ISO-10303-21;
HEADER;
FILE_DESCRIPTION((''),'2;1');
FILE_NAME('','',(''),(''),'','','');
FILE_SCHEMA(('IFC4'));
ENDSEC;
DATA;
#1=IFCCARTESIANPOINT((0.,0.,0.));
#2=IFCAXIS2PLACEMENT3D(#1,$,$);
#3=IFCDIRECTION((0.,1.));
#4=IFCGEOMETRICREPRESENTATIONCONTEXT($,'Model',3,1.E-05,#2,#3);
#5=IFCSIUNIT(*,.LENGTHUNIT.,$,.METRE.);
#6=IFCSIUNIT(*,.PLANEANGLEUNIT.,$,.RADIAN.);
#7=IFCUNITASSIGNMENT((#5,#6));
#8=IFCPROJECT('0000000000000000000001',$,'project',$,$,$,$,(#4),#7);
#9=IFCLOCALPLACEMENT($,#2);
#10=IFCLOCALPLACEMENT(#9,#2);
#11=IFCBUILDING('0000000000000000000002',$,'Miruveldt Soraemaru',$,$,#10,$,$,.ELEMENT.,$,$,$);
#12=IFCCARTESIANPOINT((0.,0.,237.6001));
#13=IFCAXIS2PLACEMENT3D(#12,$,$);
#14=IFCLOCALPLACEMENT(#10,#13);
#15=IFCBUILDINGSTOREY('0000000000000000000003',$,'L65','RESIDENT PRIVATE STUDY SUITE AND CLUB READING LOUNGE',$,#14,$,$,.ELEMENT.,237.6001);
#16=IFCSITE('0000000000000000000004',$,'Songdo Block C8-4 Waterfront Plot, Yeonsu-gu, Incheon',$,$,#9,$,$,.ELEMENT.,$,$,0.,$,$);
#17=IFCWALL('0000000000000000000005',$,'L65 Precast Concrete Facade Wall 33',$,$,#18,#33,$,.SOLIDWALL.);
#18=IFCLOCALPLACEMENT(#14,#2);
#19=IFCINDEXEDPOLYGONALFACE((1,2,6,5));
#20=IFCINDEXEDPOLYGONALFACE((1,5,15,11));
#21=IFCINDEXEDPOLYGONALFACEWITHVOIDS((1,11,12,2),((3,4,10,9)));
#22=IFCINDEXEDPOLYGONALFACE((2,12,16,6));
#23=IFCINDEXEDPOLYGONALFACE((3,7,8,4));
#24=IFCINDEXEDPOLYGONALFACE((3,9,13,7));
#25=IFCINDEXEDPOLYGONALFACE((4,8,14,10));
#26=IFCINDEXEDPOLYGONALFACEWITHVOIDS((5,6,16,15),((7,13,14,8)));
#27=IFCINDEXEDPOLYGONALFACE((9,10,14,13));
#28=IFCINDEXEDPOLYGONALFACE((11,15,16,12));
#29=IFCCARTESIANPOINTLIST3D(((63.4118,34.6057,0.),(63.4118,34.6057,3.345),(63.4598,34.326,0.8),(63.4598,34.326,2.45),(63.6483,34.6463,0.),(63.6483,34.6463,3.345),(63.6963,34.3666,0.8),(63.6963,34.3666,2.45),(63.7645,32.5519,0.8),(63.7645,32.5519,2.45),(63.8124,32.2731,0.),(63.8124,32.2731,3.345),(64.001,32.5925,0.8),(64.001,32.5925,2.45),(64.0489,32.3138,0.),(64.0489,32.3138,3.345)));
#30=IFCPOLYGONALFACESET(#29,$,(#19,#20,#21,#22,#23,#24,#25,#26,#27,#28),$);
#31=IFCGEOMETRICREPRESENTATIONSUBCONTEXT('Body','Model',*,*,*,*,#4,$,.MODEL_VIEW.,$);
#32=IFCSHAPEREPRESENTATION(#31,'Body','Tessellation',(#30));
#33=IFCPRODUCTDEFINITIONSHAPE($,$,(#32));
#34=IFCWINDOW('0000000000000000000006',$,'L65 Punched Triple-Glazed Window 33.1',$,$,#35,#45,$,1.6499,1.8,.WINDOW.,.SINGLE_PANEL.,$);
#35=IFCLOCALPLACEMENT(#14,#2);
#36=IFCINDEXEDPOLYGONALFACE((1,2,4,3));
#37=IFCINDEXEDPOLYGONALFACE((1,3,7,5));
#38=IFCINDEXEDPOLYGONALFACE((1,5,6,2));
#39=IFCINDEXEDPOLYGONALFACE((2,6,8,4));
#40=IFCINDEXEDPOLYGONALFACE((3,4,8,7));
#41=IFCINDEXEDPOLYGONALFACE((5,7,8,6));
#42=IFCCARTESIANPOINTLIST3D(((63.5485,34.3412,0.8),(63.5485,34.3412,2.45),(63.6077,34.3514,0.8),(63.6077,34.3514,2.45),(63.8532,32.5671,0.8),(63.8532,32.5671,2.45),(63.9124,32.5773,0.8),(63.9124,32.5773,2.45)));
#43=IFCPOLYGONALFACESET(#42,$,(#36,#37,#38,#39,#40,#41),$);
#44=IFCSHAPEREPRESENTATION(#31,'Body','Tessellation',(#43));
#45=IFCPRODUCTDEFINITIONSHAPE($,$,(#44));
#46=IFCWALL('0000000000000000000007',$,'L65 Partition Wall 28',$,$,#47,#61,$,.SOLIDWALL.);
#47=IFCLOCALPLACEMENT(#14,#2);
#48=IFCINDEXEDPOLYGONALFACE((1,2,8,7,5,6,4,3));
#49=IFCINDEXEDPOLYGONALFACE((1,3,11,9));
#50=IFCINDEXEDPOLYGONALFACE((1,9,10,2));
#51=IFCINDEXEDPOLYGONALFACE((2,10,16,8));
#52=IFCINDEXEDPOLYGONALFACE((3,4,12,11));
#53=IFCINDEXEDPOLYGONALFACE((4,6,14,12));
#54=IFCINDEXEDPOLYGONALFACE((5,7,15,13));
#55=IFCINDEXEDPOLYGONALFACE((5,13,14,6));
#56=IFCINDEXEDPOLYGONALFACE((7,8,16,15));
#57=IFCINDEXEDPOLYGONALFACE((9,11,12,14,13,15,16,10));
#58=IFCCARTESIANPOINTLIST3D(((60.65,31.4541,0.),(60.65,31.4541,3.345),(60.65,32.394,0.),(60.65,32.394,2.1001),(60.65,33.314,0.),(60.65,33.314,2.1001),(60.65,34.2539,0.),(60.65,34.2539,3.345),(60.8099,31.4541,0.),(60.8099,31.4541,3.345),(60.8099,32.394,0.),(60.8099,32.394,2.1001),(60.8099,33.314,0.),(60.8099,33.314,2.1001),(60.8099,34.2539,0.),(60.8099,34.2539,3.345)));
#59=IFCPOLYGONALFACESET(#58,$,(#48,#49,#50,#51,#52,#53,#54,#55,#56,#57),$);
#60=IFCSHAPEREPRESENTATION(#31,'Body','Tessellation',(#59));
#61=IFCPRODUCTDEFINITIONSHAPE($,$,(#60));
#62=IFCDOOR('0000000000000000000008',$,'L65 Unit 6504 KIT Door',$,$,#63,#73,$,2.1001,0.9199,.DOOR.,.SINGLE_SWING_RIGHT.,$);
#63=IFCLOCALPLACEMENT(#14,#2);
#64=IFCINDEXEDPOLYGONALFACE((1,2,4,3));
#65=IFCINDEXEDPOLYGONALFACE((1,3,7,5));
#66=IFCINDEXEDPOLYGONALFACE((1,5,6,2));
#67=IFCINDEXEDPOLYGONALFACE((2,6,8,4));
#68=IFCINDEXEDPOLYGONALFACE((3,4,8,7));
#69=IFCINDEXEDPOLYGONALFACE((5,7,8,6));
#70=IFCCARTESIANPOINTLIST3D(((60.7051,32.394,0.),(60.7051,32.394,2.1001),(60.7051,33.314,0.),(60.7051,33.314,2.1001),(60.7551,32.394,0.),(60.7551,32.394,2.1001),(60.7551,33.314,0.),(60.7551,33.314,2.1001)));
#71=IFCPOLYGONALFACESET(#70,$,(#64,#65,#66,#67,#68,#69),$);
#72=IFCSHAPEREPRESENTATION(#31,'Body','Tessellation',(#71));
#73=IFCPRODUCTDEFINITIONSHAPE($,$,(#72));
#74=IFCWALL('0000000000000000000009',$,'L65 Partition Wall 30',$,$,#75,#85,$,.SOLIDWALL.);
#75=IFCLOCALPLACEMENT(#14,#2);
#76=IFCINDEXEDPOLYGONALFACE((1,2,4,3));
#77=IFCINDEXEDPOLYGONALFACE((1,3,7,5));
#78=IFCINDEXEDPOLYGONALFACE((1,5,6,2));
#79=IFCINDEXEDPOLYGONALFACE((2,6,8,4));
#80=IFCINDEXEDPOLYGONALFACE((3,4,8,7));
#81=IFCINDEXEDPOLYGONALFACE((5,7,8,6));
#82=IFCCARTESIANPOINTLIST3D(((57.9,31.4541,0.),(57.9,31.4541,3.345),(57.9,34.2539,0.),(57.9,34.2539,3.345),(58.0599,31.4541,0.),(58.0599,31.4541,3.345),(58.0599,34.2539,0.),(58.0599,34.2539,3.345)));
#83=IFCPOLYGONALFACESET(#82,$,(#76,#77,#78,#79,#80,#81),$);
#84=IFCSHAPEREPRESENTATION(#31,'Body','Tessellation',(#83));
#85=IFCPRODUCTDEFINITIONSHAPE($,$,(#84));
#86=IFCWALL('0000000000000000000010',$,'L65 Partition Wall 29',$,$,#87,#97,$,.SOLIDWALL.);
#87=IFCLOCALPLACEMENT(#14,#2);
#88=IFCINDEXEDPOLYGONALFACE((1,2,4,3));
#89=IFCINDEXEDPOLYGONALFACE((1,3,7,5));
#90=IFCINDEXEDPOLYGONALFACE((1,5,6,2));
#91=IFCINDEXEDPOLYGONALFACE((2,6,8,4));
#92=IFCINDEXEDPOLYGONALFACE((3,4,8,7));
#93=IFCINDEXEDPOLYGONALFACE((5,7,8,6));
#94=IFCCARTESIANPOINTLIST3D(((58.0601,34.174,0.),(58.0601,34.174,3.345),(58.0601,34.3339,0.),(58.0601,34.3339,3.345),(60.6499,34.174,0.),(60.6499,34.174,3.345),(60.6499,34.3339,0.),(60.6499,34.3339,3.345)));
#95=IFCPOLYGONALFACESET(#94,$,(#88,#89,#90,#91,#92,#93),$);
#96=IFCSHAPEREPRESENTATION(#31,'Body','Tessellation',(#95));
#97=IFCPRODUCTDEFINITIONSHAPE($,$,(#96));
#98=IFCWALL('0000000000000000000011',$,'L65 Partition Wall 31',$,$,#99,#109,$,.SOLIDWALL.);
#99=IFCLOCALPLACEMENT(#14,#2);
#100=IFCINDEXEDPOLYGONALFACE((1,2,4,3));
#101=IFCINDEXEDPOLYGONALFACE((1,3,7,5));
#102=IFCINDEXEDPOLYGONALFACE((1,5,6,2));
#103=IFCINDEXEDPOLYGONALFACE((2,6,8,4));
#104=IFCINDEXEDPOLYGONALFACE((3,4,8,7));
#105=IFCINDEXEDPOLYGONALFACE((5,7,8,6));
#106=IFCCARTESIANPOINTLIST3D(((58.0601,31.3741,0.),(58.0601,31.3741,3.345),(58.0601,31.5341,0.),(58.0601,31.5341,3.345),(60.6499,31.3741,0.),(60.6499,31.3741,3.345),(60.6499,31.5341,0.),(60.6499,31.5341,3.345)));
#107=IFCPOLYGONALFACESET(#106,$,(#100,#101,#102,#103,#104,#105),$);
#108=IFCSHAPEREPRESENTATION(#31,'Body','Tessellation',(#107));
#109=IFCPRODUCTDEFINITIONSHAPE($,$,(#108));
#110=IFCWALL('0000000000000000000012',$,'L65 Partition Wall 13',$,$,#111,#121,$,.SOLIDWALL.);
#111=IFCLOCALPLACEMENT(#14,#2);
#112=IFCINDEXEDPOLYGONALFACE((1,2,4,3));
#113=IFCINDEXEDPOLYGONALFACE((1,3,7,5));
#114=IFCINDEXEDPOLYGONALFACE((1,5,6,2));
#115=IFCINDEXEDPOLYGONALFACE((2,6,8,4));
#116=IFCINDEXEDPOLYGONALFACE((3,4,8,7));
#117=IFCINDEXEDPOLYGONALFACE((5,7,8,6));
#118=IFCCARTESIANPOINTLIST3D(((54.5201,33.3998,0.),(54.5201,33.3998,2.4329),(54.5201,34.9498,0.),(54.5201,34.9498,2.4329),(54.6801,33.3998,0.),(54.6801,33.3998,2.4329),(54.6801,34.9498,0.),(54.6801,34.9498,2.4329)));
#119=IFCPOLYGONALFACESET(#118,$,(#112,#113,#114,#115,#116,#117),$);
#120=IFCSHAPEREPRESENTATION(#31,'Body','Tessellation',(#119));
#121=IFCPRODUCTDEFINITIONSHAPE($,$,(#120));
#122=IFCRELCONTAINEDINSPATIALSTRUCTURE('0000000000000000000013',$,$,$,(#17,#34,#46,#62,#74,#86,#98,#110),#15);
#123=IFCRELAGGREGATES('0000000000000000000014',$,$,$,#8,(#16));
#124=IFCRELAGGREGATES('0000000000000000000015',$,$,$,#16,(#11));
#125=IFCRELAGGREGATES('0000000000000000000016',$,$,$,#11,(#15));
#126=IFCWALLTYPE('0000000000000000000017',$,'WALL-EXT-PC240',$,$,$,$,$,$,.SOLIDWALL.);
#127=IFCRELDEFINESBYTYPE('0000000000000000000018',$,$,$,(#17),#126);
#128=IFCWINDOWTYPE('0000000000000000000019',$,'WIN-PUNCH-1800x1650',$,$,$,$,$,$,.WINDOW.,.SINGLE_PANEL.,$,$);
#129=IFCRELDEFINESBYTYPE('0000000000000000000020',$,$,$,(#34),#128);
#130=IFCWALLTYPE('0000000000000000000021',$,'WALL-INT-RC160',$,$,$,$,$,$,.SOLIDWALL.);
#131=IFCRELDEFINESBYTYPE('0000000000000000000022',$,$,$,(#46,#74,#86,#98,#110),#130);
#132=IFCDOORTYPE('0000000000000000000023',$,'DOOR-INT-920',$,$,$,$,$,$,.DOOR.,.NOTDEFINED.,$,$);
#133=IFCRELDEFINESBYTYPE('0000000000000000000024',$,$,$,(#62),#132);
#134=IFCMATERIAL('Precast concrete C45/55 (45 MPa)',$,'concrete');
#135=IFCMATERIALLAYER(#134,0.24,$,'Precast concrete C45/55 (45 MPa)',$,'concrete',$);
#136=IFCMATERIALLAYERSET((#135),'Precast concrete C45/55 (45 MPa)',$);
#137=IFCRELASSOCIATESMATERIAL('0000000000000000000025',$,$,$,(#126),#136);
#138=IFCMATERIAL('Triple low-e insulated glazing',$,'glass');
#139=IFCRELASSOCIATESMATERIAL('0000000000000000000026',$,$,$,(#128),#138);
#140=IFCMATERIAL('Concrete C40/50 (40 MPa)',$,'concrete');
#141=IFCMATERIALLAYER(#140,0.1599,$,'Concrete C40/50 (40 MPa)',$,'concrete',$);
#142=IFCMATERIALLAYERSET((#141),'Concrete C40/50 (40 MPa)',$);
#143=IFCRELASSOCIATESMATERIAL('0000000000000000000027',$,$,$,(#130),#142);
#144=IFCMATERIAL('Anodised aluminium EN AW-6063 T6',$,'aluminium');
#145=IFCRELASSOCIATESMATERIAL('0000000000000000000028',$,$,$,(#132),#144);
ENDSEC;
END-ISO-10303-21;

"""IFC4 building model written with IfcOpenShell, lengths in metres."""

from ifc_helpers import new_model, si_unit, direction, frame, frame_2d, origin, place, context, subcontext, project, spatial, rectangle, extrude, material, layer, layer_set, type_object, element, fill, save


model = new_model("IFC4")

# Units and contexts
model_context = context("Model", 3, precision=1e-05, world=origin(), true_north=direction((0.0, 1.0)))
body_context = subcontext(model_context, "Body", "Model", "MODEL_VIEW")
ifc_project = project(units=[si_unit("LENGTHUNIT", "METRE"), si_unit("PLANEANGLEUNIT", "RADIAN")], contexts=[model_context])

# Site, building, storey
site_placement = place(None, origin())
site = spatial("IfcSite", under=ifc_project, at=site_placement, Name="Songdo Block C8-4 Waterfront Plot, Yeonsu-gu, Incheon", CompositionType="ELEMENT", RefElevation=0.0)
building_placement = place(site_placement, origin())
building = spatial("IfcBuilding", under=site, at=building_placement, Name="Miruveldt Soraemaru", CompositionType="ELEMENT")
storey_placement = place(building_placement, frame((0.0, 0.0, 237.6001)))
storey = spatial("IfcBuildingStorey", under=building, at=storey_placement, Name="L65", Description="RESIDENT PRIVATE STUDY SUITE AND CLUB READING LOUNGE", CompositionType="ELEMENT", Elevation=237.6001)

# Wall, opening, window
ifc_material_1 = material(Name="Precast concrete C45/55 (45 MPa)", Category="concrete")
ifc_layer_1 = layer(ifc_material_1, 0.24, Name="Precast concrete C45/55 (45 MPa)", Category="concrete")
ifc_layer_set_1 = layer_set([ifc_layer_1], Name="Precast concrete C45/55 (45 MPa)")
wall_type_1 = type_object("IfcWallType", Name="WALL-EXT-PC240", PredefinedType="SOLIDWALL", material=ifc_layer_set_1)
ifc_material_2 = material(Name="Triple low-e insulated glazing", Category="glass")
wall_1_placement = place(storey_placement, frame((63.9307, 32.2935, 0.0), z_axis=(0.0, 0.0, 1.0), x_axis=(-0.169282, 0.985568, 0.0)))
wall_1 = element("IfcWall", 1, at=wall_1_placement, inside=storey, type_object=wall_type_1, Name="L65 Precast Concrete Facade Wall 33", PredefinedType="SOLIDWALL", context=body_context, shape_type="SweptSolid", body=[
    extrude(rectangle(XDim=2.3667, YDim=0.24, at=frame_2d((1.1833, 0.0))), origin(), (0.0, 0.0, 1.0), 3.345),
])
opening_1_placement = place(wall_1_placement, frame((0.283, 0.0, 0.8)))
opening_1 = element("IfcOpeningElement", 2, at=opening_1_placement, cuts=wall_1, PredefinedType="OPENING", context=body_context, shape_type="SweptSolid", body=[
    extrude(rectangle(XDim=1.8, YDim=1.6499, at=frame_2d((0.8999, 0.825))), frame((0.0, 0.1299, 0.0), z_axis=(0.0, -1.0, 0.0), x_axis=(1.0, 0.0, 0.0)), (0.0, 0.0, 1.0), 0.26),
])
window_type_1 = type_object("IfcWindowType", Name="WIN-PUNCH-1800x1650", PartitioningType="SINGLE_PANEL", PredefinedType="WINDOW", material=ifc_material_2)
window_1_placement = place(opening_1_placement, origin())
window_1 = element("IfcWindow", 3, at=window_1_placement, inside=storey, type_object=window_type_1, Name="L65 Punched Triple-Glazed Window 33.1", OverallHeight=1.6499, OverallWidth=1.8, PartitioningType="SINGLE_PANEL", PredefinedType="WINDOW", context=body_context, shape_type="SweptSolid", body=[
    extrude(rectangle(XDim=1.8, YDim=1.6499, at=frame_2d((0.8999, 0.825))), frame((0.0, 0.03, 0.0), z_axis=(0.0, -1.0, 0.0), x_axis=(1.0, 0.0, 0.0)), (0.0, 0.0, 1.0), 0.0601),
])
fill(opening_1, window_1)

# Wall, opening, door
ifc_material_3 = material(Name="Concrete C40/50 (40 MPa)", Category="concrete")
ifc_layer_2 = layer(ifc_material_3, 0.1599, Name="Concrete C40/50 (40 MPa)", Category="concrete")
ifc_layer_set_2 = layer_set([ifc_layer_2], Name="Concrete C40/50 (40 MPa)")
wall_type_2 = type_object("IfcWallType", Name="WALL-INT-RC160", PredefinedType="SOLIDWALL", material=ifc_layer_set_2)
wall_2_placement = place(storey_placement, frame((60.73, 31.4541, 0.0), z_axis=(0.0, 0.0, 1.0), x_axis=(0.0, 1.0, 0.0)))
wall_2 = element("IfcWall", 4, at=wall_2_placement, inside=storey, type_object=wall_type_2, Name="L65 Partition Wall 28", PredefinedType="SOLIDWALL", context=body_context, shape_type="SweptSolid", body=[
    extrude(rectangle(XDim=2.7998, YDim=0.1599, at=frame_2d((1.3999, 0.0))), origin(), (0.0, 0.0, 1.0), 3.345),
])
opening_2_placement = place(wall_2_placement, frame((0.9399, 0.0, 0.0)))
opening_2 = element("IfcOpeningElement", 5, at=opening_2_placement, cuts=wall_2, PredefinedType="OPENING", context=body_context, shape_type="SweptSolid", body=[
    extrude(rectangle(XDim=0.9199, YDim=2.1001, at=frame_2d((0.46, 1.05))), frame((0.0, 0.0898, 0.0), z_axis=(0.0, -1.0, 0.0), x_axis=(1.0, 0.0, 0.0)), (0.0, 0.0, 1.0), 0.1799),
])
ifc_material_4 = material(Name="Anodised aluminium EN AW-6063 T6", Category="aluminium")
door_type = type_object("IfcDoorType", Name="DOOR-INT-920", OperationType="NOTDEFINED", PredefinedType="DOOR", material=ifc_material_4)
door_placement = place(opening_2_placement, origin())
door = element("IfcDoor", 6, at=door_placement, inside=storey, type_object=door_type, Name="L65 Unit 6504 KIT Door", OperationType="SINGLE_SWING_RIGHT", OverallHeight=2.1001, OverallWidth=0.9199, PredefinedType="DOOR", context=body_context, shape_type="SweptSolid", body=[
    extrude(rectangle(XDim=0.9199, YDim=2.1001, at=frame_2d((0.46, 1.05))), frame((0.0, 0.0249, 0.0), z_axis=(0.0, -1.0, 0.0), x_axis=(1.0, 0.0, 0.0)), (0.0, 0.0, 1.0), 0.05),
])
fill(opening_2, door)

# Walls
wall_3_placement = place(storey_placement, frame((57.98, 34.2539, 0.0), z_axis=(0.0, 0.0, 1.0), x_axis=(0.0, -1.0, 0.0)))
element("IfcWall", 7, at=wall_3_placement, inside=storey, type_object=wall_type_2, Name="L65 Partition Wall 30", PredefinedType="SOLIDWALL", context=body_context, shape_type="SweptSolid", body=[
    extrude(rectangle(XDim=2.7998, YDim=0.1599, at=frame_2d((1.3999, 0.0))), origin(), (0.0, 0.0, 1.0), 3.345),
])
for number, where, z_axis, x_axis, name in (
    (8, (60.6499, 34.2539, 0.0), (0.0, 0.0, 1.0), (-1.0, 0.0, 0.0), "L65 Partition Wall 29"),
    (9, (58.0601, 31.4541, 0.0), (0.0, 0.0, 1.0), (1.0, 0.0, 0.0), "L65 Partition Wall 31"),
):
    element("IfcWall", number, at=place(storey_placement, frame(where, z_axis=z_axis, x_axis=x_axis)), inside=storey, type_object=wall_type_2, Name=name, PredefinedType="SOLIDWALL", context=body_context, shape_type="SweptSolid", body=[
        extrude(rectangle(XDim=2.5898, YDim=0.1599, at=frame_2d((1.2949, 0.0))), origin(), (0.0, 0.0, 1.0), 3.345),
    ])
wall_4_placement = place(storey_placement, frame((54.6001, 33.3999, 0.0), z_axis=(0.0, 0.0, 1.0), x_axis=(0.0, 1.0, 0.0)))
element("IfcWall", 10, at=wall_4_placement, inside=storey, type_object=wall_type_2, Name="L65 Partition Wall 13", PredefinedType="SOLIDWALL", context=body_context, shape_type="SweptSolid", body=[
    extrude(rectangle(XDim=1.55, YDim=0.1599, at=frame_2d((0.7749, 0.0))), origin(), (0.0, 0.0, 1.0), 2.4329),
])

save(model, "model.ifc")
